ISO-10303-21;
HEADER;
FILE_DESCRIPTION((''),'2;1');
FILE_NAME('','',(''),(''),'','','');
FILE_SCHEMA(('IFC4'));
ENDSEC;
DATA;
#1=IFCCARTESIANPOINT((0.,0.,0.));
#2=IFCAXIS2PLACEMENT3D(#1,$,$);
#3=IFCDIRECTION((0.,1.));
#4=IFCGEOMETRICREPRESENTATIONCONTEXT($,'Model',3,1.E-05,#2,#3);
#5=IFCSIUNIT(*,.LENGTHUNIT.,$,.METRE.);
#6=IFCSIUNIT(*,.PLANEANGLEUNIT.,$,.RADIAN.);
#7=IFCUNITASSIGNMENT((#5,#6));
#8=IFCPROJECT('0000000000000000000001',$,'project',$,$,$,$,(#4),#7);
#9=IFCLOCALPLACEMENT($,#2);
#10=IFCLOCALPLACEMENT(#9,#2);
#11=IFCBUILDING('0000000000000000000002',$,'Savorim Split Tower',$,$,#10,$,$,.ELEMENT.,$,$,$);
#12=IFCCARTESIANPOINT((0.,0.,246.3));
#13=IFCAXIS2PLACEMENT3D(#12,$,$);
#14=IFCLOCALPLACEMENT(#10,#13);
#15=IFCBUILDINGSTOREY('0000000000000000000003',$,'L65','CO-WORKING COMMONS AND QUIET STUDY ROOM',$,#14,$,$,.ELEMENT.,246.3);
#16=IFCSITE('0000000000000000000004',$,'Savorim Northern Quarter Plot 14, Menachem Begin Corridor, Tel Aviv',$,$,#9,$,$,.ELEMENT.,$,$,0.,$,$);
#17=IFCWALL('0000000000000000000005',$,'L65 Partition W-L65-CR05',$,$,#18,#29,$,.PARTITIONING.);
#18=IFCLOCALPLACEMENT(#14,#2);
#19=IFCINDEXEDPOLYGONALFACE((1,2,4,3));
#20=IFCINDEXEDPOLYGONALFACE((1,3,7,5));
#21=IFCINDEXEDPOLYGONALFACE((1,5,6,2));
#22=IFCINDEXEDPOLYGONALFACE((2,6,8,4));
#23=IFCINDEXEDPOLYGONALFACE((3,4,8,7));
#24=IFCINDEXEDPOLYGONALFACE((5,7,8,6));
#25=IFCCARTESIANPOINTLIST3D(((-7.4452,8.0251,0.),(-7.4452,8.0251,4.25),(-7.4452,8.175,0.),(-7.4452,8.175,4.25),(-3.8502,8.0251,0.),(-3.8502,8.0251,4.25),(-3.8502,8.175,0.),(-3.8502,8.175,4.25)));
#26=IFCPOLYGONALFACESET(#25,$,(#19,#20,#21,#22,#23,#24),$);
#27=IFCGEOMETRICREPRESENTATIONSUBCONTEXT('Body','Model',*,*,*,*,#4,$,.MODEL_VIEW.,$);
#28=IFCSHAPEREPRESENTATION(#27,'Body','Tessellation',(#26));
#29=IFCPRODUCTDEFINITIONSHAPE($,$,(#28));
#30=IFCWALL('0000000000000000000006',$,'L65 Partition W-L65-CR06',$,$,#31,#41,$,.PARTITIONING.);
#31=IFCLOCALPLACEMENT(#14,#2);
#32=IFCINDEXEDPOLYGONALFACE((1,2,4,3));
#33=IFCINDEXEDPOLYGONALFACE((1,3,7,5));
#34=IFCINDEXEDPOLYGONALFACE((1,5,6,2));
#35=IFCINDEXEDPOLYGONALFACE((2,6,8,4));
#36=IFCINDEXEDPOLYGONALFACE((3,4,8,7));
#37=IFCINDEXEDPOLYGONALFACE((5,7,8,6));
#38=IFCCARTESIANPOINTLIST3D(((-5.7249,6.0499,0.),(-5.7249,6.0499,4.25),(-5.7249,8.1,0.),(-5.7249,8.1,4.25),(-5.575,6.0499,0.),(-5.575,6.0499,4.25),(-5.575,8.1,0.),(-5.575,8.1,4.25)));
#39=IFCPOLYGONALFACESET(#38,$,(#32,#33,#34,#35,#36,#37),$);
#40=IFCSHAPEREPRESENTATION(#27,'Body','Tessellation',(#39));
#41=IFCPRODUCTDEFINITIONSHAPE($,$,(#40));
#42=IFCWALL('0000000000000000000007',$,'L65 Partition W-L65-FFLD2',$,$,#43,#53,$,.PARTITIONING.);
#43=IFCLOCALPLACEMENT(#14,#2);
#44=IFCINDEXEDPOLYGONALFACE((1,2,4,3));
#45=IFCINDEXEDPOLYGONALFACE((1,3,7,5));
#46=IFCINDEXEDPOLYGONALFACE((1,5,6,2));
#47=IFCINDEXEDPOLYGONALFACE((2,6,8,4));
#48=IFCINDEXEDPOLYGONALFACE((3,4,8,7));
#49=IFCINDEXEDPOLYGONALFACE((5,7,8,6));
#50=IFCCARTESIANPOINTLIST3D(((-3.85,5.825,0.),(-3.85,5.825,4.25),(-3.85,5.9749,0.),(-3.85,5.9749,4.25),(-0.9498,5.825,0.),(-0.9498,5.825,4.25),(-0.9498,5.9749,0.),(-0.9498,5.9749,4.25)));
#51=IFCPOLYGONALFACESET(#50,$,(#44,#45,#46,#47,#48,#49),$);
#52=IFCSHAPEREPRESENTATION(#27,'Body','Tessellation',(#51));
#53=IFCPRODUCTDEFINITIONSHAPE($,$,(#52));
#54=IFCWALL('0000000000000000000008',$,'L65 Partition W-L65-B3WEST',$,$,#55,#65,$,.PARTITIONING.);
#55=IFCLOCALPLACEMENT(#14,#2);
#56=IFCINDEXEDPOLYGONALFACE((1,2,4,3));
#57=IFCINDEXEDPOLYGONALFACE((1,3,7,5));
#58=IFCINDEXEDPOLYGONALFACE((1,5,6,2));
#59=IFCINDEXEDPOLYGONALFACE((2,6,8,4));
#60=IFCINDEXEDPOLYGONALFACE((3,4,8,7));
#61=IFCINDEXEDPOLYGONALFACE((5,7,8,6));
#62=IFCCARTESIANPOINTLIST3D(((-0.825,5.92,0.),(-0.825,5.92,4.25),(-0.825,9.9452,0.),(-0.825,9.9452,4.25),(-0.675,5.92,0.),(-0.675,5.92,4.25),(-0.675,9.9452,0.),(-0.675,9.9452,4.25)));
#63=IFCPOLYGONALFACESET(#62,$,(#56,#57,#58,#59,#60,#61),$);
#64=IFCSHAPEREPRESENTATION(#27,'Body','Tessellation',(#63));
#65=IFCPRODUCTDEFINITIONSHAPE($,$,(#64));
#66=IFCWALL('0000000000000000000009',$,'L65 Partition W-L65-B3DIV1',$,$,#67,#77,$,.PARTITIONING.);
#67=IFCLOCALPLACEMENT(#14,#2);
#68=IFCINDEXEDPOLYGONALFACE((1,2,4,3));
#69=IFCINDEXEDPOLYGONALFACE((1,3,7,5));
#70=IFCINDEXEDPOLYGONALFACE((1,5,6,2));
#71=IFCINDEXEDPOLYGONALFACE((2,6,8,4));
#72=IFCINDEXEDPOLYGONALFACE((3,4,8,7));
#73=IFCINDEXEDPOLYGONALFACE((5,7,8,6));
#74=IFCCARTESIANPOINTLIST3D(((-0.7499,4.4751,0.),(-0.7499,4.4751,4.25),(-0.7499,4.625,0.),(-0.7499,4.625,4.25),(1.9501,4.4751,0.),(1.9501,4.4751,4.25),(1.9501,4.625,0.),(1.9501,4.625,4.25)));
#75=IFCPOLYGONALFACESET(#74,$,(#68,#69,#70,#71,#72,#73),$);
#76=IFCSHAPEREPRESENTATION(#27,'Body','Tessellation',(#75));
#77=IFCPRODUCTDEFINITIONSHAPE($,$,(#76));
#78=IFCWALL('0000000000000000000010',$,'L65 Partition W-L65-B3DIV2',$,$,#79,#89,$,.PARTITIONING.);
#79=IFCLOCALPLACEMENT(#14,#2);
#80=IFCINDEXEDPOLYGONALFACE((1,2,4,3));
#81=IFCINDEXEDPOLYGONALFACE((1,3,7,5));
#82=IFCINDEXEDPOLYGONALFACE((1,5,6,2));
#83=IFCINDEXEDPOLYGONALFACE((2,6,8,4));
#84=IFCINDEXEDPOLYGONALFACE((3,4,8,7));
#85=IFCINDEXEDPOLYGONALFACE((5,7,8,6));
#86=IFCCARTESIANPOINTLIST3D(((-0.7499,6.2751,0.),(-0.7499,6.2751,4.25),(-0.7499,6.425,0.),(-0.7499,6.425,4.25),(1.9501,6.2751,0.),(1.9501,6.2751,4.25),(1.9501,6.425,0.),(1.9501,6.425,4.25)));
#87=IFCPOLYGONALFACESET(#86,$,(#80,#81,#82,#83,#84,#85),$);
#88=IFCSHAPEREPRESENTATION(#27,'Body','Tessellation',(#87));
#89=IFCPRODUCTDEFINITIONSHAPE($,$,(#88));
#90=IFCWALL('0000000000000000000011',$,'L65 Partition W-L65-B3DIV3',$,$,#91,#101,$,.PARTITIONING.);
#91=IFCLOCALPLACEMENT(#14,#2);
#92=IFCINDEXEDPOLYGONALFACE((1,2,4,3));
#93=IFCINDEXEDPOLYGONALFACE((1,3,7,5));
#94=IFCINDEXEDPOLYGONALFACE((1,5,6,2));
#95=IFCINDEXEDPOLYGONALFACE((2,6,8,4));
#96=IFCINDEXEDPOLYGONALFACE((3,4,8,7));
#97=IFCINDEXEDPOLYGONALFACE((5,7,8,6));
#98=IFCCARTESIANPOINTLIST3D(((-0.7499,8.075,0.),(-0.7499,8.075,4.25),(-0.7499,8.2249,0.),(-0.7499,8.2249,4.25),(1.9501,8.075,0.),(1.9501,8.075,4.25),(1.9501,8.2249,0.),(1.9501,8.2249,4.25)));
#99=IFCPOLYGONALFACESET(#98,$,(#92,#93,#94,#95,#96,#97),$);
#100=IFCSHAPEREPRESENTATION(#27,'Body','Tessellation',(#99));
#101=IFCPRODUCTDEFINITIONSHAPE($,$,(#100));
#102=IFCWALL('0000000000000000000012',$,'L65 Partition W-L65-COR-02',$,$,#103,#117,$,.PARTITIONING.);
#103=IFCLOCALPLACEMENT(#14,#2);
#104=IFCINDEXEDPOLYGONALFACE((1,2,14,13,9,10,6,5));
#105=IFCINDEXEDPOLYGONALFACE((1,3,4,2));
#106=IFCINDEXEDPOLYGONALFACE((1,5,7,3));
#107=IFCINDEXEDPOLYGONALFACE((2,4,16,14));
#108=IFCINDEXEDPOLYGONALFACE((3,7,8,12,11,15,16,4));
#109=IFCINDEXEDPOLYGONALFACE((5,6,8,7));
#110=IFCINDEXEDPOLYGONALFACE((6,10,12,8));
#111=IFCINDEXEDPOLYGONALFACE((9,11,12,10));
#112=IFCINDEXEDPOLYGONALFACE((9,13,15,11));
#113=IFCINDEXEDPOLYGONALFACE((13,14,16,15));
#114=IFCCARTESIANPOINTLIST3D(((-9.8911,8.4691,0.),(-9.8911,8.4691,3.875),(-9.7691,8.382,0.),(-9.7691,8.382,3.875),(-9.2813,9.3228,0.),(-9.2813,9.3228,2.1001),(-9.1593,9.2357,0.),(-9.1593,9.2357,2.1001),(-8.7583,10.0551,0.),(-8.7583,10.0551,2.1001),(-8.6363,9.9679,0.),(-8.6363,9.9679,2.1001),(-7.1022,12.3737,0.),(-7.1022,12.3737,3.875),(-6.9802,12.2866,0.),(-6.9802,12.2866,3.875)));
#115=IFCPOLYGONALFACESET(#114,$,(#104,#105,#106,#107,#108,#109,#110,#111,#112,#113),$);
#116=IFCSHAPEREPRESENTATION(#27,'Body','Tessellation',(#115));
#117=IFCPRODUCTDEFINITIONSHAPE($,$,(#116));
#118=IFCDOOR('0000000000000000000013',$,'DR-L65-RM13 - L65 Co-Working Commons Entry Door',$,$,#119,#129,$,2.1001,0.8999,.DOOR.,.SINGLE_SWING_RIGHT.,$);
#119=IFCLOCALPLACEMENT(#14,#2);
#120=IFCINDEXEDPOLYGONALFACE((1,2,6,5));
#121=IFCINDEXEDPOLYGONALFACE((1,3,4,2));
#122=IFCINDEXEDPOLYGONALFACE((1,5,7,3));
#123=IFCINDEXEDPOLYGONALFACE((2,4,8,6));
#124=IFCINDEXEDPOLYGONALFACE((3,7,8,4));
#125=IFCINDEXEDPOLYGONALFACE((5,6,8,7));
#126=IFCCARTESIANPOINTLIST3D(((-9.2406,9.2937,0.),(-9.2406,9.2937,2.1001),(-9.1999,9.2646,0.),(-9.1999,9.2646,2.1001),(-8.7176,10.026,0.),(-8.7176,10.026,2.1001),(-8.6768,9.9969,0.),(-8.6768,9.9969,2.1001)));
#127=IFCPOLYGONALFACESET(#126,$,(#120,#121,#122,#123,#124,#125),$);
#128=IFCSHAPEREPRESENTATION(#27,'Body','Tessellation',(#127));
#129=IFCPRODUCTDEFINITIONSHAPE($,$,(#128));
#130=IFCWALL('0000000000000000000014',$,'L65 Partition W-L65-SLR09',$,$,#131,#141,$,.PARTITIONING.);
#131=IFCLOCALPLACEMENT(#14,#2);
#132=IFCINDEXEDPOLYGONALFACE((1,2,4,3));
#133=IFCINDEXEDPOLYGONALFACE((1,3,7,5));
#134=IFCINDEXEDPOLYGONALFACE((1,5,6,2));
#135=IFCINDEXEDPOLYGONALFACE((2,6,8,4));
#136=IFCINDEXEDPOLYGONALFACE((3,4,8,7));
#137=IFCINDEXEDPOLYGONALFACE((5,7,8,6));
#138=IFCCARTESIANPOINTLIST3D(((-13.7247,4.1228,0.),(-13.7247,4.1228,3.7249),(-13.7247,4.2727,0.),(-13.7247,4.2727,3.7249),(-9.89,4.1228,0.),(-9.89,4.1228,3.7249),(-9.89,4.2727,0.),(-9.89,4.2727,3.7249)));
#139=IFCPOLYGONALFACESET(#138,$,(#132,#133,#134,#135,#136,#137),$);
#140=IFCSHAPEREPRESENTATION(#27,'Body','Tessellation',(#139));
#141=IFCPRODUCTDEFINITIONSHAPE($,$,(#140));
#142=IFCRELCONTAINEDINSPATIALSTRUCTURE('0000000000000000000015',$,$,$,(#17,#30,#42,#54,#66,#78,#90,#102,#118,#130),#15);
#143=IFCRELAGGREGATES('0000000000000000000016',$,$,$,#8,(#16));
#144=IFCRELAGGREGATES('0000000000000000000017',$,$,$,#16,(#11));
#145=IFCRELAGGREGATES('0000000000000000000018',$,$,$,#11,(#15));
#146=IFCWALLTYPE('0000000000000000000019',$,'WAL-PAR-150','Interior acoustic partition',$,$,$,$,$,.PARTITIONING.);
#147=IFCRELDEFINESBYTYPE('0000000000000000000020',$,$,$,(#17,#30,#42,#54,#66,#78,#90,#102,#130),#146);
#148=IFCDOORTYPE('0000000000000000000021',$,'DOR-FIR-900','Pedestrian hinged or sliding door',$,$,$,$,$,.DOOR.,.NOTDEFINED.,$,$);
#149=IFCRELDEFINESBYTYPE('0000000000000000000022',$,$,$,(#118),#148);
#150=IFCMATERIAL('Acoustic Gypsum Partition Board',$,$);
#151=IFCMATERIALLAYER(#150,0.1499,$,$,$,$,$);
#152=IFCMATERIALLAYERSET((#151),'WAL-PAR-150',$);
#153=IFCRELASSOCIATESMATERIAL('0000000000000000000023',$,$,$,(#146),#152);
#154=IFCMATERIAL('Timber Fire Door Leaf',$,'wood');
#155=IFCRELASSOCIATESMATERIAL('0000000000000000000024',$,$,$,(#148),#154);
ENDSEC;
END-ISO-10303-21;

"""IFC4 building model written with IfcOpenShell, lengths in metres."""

from ifc_helpers import new_model, si_unit, direction, frame, frame_2d, origin, place, context, subcontext, project, spatial, rectangle, extrude, material, layer, layer_set, type_object, element, fill, save


model = new_model("IFC4")

# Units and contexts
model_context = context("Model", 3, precision=1e-05, world=origin(), true_north=direction((0.0, 1.0)))
body_context = subcontext(model_context, "Body", "Model", "MODEL_VIEW")
ifc_project = project(units=[si_unit("LENGTHUNIT", "METRE"), si_unit("PLANEANGLEUNIT", "RADIAN")], contexts=[model_context])

# Site, building, storey
site_placement = place(None, origin())
site = spatial("IfcSite", under=ifc_project, at=site_placement, Name="Savorim Northern Quarter Plot 14, Menachem Begin Corridor, Tel Aviv", CompositionType="ELEMENT", RefElevation=0.0)
building_placement = place(site_placement, origin())
building = spatial("IfcBuilding", under=site, at=building_placement, Name="Savorim Split Tower", CompositionType="ELEMENT")
storey_placement = place(building_placement, frame((0.0, 0.0, 246.3)))
storey = spatial("IfcBuildingStorey", under=building, at=storey_placement, Name="L65", Description="CO-WORKING COMMONS AND QUIET STUDY ROOM", CompositionType="ELEMENT", Elevation=246.3)

# Walls
ifc_material_1 = material(Name="Acoustic Gypsum Partition Board")
ifc_layer_1 = layer(ifc_material_1, 0.1499)
ifc_layer_set_1 = layer_set([ifc_layer_1], Name="WAL-PAR-150")
wall_type_1 = type_object("IfcWallType", Name="WAL-PAR-150", Description="Interior acoustic partition", PredefinedType="PARTITIONING", material=ifc_layer_set_1)
wall_1_placement = place(storey_placement, frame((-7.4451, 8.1001, 0.0), z_axis=(0.0, 0.0, 1.0), x_axis=(1.0, 0.0, 0.0)))
element("IfcWall", 1, at=wall_1_placement, inside=storey, type_object=wall_type_1, Name="L65 Partition W-L65-CR05", PredefinedType="PARTITIONING", context=body_context, shape_type="SweptSolid", body=[
    extrude(rectangle(XDim=3.595, YDim=0.1499, at=frame_2d((1.7974, 0.0))), origin(), (0.0, 0.0, 1.0), 4.25),
])
wall_2_placement = place(storey_placement, frame((-5.6499, 6.05, 0.0), z_axis=(0.0, 0.0, 1.0), x_axis=(0.0, 1.0, 0.0)))
element("IfcWall", 2, at=wall_2_placement, inside=storey, type_object=wall_type_1, Name="L65 Partition W-L65-CR06", PredefinedType="PARTITIONING", context=body_context, shape_type="SweptSolid", body=[
    extrude(rectangle(XDim=2.05, YDim=0.1499, at=frame_2d((1.0249, 0.0))), origin(), (0.0, 0.0, 1.0), 4.25),
])
wall_3_placement = place(storey_placement, frame((-3.8501, 5.8999, 0.0), z_axis=(0.0, 0.0, 1.0), x_axis=(1.0, 0.0, 0.0)))
element("IfcWall", 3, at=wall_3_placement, inside=storey, type_object=wall_type_1, Name="L65 Partition W-L65-FFLD2", PredefinedType="PARTITIONING", context=body_context, shape_type="SweptSolid", body=[
    extrude(rectangle(XDim=2.9001, YDim=0.1499, at=frame_2d((1.4502, 0.0))), origin(), (0.0, 0.0, 1.0), 4.25),
])
wall_4_placement = place(storey_placement, frame((-0.75, 5.9199, 0.0), z_axis=(0.0, 0.0, 1.0), x_axis=(0.0, 1.0, 0.0)))
element("IfcWall", 4, at=wall_4_placement, inside=storey, type_object=wall_type_1, Name="L65 Partition W-L65-B3WEST", PredefinedType="PARTITIONING", context=body_context, shape_type="SweptSolid", body=[
    extrude(rectangle(XDim=4.0251, YDim=0.1499, at=frame_2d((2.0127, 0.0))), origin(), (0.0, 0.0, 1.0), 4.25),
])
for number, where, z_axis, x_axis, name in (
    (5, (-0.75, 4.55, 0.0), (0.0, 0.0, 1.0), (1.0, 0.0, 0.0), "L65 Partition W-L65-B3DIV1"),
    (6, (-0.75, 6.3501, 0.0), (0.0, 0.0, 1.0), (1.0, 0.0, 0.0), "L65 Partition W-L65-B3DIV2"),
    (7, (-0.75, 8.1499, 0.0), (0.0, 0.0, 1.0), (1.0, 0.0, 0.0), "L65 Partition W-L65-B3DIV3"),
):
    element("IfcWall", number, at=place(storey_placement, frame(where, z_axis=z_axis, x_axis=x_axis)), inside=storey, type_object=wall_type_1, Name=name, PredefinedType="PARTITIONING", context=body_context, shape_type="SweptSolid", body=[
        extrude(rectangle(XDim=2.7, YDim=0.1499, at=frame_2d((1.3501, 0.0))), origin(), (0.0, 0.0, 1.0), 4.25),
    ])

# Wall, opening, door
wall_5_placement = place(storey_placement, frame((-9.8301, 8.4255, 0.0), z_axis=(0.0, 0.0, 1.0), x_axis=(0.581219, 0.813747, 0.0)))
wall_5 = element("IfcWall", 8, at=wall_5_placement, inside=storey, type_object=wall_type_1, Name="L65 Partition W-L65-COR-02", PredefinedType="PARTITIONING", context=body_context, shape_type="SweptSolid", body=[
    extrude(rectangle(XDim=4.7983, YDim=0.1499, at=frame_2d((2.3992, 0.0))), origin(), (0.0, 0.0, 1.0), 3.875),
])
opening_1_placement = place(wall_5_placement, frame((1.0491, 0.0, 0.0)))
opening_1 = element("IfcOpeningElement", 9, at=opening_1_placement, cuts=wall_5, PredefinedType="OPENING", context=body_context, shape_type="SweptSolid", body=[
    extrude(rectangle(XDim=0.8999, YDim=2.1001, at=frame_2d((0.45, 1.05))), frame((0.0, 0.085, 0.0), z_axis=(0.0, -1.0, 0.0), x_axis=(1.0, 0.0, 0.0)), (0.0, 0.0, 1.0), 0.1699),
])
ifc_material_2 = material(Name="Timber Fire Door Leaf", Category="wood")
door_type_1 = type_object("IfcDoorType", Name="DOR-FIR-900", Description="Pedestrian hinged or sliding door", OperationType="NOTDEFINED", PredefinedType="DOOR", material=ifc_material_2)
door_1_placement = place(opening_1_placement, origin())
door_1 = element("IfcDoor", 10, at=door_1_placement, inside=storey, type_object=door_type_1, Name="DR-L65-RM13 - L65 Co-Working Commons Entry Door", OperationType="SINGLE_SWING_RIGHT", OverallHeight=2.1001, OverallWidth=0.8999, PredefinedType="DOOR", context=body_context, shape_type="SweptSolid", body=[
    extrude(rectangle(XDim=0.8999, YDim=2.1001, at=frame_2d((0.45, 1.05))), frame((0.0, 0.0249, 0.0), z_axis=(0.0, -1.0, 0.0), x_axis=(1.0, 0.0, 0.0)), (0.0, 0.0, 1.0), 0.05),
])
fill(opening_1, door_1)

# Wall
wall_6_placement = place(storey_placement, frame((-9.8899, 4.1978, 0.0), z_axis=(0.0, 0.0, 1.0), x_axis=(-1.0, 0.0, 0.0)))
element("IfcWall", 11, at=wall_6_placement, inside=storey, type_object=wall_type_1, Name="L65 Partition W-L65-SLR09", PredefinedType="PARTITIONING", context=body_context, shape_type="SweptSolid", body=[
    extrude(rectangle(XDim=3.8347, YDim=0.1499, at=frame_2d((1.9175, 0.0))), origin(), (0.0, 0.0, 1.0), 3.7249),
])

save(model, "model.ifc")
